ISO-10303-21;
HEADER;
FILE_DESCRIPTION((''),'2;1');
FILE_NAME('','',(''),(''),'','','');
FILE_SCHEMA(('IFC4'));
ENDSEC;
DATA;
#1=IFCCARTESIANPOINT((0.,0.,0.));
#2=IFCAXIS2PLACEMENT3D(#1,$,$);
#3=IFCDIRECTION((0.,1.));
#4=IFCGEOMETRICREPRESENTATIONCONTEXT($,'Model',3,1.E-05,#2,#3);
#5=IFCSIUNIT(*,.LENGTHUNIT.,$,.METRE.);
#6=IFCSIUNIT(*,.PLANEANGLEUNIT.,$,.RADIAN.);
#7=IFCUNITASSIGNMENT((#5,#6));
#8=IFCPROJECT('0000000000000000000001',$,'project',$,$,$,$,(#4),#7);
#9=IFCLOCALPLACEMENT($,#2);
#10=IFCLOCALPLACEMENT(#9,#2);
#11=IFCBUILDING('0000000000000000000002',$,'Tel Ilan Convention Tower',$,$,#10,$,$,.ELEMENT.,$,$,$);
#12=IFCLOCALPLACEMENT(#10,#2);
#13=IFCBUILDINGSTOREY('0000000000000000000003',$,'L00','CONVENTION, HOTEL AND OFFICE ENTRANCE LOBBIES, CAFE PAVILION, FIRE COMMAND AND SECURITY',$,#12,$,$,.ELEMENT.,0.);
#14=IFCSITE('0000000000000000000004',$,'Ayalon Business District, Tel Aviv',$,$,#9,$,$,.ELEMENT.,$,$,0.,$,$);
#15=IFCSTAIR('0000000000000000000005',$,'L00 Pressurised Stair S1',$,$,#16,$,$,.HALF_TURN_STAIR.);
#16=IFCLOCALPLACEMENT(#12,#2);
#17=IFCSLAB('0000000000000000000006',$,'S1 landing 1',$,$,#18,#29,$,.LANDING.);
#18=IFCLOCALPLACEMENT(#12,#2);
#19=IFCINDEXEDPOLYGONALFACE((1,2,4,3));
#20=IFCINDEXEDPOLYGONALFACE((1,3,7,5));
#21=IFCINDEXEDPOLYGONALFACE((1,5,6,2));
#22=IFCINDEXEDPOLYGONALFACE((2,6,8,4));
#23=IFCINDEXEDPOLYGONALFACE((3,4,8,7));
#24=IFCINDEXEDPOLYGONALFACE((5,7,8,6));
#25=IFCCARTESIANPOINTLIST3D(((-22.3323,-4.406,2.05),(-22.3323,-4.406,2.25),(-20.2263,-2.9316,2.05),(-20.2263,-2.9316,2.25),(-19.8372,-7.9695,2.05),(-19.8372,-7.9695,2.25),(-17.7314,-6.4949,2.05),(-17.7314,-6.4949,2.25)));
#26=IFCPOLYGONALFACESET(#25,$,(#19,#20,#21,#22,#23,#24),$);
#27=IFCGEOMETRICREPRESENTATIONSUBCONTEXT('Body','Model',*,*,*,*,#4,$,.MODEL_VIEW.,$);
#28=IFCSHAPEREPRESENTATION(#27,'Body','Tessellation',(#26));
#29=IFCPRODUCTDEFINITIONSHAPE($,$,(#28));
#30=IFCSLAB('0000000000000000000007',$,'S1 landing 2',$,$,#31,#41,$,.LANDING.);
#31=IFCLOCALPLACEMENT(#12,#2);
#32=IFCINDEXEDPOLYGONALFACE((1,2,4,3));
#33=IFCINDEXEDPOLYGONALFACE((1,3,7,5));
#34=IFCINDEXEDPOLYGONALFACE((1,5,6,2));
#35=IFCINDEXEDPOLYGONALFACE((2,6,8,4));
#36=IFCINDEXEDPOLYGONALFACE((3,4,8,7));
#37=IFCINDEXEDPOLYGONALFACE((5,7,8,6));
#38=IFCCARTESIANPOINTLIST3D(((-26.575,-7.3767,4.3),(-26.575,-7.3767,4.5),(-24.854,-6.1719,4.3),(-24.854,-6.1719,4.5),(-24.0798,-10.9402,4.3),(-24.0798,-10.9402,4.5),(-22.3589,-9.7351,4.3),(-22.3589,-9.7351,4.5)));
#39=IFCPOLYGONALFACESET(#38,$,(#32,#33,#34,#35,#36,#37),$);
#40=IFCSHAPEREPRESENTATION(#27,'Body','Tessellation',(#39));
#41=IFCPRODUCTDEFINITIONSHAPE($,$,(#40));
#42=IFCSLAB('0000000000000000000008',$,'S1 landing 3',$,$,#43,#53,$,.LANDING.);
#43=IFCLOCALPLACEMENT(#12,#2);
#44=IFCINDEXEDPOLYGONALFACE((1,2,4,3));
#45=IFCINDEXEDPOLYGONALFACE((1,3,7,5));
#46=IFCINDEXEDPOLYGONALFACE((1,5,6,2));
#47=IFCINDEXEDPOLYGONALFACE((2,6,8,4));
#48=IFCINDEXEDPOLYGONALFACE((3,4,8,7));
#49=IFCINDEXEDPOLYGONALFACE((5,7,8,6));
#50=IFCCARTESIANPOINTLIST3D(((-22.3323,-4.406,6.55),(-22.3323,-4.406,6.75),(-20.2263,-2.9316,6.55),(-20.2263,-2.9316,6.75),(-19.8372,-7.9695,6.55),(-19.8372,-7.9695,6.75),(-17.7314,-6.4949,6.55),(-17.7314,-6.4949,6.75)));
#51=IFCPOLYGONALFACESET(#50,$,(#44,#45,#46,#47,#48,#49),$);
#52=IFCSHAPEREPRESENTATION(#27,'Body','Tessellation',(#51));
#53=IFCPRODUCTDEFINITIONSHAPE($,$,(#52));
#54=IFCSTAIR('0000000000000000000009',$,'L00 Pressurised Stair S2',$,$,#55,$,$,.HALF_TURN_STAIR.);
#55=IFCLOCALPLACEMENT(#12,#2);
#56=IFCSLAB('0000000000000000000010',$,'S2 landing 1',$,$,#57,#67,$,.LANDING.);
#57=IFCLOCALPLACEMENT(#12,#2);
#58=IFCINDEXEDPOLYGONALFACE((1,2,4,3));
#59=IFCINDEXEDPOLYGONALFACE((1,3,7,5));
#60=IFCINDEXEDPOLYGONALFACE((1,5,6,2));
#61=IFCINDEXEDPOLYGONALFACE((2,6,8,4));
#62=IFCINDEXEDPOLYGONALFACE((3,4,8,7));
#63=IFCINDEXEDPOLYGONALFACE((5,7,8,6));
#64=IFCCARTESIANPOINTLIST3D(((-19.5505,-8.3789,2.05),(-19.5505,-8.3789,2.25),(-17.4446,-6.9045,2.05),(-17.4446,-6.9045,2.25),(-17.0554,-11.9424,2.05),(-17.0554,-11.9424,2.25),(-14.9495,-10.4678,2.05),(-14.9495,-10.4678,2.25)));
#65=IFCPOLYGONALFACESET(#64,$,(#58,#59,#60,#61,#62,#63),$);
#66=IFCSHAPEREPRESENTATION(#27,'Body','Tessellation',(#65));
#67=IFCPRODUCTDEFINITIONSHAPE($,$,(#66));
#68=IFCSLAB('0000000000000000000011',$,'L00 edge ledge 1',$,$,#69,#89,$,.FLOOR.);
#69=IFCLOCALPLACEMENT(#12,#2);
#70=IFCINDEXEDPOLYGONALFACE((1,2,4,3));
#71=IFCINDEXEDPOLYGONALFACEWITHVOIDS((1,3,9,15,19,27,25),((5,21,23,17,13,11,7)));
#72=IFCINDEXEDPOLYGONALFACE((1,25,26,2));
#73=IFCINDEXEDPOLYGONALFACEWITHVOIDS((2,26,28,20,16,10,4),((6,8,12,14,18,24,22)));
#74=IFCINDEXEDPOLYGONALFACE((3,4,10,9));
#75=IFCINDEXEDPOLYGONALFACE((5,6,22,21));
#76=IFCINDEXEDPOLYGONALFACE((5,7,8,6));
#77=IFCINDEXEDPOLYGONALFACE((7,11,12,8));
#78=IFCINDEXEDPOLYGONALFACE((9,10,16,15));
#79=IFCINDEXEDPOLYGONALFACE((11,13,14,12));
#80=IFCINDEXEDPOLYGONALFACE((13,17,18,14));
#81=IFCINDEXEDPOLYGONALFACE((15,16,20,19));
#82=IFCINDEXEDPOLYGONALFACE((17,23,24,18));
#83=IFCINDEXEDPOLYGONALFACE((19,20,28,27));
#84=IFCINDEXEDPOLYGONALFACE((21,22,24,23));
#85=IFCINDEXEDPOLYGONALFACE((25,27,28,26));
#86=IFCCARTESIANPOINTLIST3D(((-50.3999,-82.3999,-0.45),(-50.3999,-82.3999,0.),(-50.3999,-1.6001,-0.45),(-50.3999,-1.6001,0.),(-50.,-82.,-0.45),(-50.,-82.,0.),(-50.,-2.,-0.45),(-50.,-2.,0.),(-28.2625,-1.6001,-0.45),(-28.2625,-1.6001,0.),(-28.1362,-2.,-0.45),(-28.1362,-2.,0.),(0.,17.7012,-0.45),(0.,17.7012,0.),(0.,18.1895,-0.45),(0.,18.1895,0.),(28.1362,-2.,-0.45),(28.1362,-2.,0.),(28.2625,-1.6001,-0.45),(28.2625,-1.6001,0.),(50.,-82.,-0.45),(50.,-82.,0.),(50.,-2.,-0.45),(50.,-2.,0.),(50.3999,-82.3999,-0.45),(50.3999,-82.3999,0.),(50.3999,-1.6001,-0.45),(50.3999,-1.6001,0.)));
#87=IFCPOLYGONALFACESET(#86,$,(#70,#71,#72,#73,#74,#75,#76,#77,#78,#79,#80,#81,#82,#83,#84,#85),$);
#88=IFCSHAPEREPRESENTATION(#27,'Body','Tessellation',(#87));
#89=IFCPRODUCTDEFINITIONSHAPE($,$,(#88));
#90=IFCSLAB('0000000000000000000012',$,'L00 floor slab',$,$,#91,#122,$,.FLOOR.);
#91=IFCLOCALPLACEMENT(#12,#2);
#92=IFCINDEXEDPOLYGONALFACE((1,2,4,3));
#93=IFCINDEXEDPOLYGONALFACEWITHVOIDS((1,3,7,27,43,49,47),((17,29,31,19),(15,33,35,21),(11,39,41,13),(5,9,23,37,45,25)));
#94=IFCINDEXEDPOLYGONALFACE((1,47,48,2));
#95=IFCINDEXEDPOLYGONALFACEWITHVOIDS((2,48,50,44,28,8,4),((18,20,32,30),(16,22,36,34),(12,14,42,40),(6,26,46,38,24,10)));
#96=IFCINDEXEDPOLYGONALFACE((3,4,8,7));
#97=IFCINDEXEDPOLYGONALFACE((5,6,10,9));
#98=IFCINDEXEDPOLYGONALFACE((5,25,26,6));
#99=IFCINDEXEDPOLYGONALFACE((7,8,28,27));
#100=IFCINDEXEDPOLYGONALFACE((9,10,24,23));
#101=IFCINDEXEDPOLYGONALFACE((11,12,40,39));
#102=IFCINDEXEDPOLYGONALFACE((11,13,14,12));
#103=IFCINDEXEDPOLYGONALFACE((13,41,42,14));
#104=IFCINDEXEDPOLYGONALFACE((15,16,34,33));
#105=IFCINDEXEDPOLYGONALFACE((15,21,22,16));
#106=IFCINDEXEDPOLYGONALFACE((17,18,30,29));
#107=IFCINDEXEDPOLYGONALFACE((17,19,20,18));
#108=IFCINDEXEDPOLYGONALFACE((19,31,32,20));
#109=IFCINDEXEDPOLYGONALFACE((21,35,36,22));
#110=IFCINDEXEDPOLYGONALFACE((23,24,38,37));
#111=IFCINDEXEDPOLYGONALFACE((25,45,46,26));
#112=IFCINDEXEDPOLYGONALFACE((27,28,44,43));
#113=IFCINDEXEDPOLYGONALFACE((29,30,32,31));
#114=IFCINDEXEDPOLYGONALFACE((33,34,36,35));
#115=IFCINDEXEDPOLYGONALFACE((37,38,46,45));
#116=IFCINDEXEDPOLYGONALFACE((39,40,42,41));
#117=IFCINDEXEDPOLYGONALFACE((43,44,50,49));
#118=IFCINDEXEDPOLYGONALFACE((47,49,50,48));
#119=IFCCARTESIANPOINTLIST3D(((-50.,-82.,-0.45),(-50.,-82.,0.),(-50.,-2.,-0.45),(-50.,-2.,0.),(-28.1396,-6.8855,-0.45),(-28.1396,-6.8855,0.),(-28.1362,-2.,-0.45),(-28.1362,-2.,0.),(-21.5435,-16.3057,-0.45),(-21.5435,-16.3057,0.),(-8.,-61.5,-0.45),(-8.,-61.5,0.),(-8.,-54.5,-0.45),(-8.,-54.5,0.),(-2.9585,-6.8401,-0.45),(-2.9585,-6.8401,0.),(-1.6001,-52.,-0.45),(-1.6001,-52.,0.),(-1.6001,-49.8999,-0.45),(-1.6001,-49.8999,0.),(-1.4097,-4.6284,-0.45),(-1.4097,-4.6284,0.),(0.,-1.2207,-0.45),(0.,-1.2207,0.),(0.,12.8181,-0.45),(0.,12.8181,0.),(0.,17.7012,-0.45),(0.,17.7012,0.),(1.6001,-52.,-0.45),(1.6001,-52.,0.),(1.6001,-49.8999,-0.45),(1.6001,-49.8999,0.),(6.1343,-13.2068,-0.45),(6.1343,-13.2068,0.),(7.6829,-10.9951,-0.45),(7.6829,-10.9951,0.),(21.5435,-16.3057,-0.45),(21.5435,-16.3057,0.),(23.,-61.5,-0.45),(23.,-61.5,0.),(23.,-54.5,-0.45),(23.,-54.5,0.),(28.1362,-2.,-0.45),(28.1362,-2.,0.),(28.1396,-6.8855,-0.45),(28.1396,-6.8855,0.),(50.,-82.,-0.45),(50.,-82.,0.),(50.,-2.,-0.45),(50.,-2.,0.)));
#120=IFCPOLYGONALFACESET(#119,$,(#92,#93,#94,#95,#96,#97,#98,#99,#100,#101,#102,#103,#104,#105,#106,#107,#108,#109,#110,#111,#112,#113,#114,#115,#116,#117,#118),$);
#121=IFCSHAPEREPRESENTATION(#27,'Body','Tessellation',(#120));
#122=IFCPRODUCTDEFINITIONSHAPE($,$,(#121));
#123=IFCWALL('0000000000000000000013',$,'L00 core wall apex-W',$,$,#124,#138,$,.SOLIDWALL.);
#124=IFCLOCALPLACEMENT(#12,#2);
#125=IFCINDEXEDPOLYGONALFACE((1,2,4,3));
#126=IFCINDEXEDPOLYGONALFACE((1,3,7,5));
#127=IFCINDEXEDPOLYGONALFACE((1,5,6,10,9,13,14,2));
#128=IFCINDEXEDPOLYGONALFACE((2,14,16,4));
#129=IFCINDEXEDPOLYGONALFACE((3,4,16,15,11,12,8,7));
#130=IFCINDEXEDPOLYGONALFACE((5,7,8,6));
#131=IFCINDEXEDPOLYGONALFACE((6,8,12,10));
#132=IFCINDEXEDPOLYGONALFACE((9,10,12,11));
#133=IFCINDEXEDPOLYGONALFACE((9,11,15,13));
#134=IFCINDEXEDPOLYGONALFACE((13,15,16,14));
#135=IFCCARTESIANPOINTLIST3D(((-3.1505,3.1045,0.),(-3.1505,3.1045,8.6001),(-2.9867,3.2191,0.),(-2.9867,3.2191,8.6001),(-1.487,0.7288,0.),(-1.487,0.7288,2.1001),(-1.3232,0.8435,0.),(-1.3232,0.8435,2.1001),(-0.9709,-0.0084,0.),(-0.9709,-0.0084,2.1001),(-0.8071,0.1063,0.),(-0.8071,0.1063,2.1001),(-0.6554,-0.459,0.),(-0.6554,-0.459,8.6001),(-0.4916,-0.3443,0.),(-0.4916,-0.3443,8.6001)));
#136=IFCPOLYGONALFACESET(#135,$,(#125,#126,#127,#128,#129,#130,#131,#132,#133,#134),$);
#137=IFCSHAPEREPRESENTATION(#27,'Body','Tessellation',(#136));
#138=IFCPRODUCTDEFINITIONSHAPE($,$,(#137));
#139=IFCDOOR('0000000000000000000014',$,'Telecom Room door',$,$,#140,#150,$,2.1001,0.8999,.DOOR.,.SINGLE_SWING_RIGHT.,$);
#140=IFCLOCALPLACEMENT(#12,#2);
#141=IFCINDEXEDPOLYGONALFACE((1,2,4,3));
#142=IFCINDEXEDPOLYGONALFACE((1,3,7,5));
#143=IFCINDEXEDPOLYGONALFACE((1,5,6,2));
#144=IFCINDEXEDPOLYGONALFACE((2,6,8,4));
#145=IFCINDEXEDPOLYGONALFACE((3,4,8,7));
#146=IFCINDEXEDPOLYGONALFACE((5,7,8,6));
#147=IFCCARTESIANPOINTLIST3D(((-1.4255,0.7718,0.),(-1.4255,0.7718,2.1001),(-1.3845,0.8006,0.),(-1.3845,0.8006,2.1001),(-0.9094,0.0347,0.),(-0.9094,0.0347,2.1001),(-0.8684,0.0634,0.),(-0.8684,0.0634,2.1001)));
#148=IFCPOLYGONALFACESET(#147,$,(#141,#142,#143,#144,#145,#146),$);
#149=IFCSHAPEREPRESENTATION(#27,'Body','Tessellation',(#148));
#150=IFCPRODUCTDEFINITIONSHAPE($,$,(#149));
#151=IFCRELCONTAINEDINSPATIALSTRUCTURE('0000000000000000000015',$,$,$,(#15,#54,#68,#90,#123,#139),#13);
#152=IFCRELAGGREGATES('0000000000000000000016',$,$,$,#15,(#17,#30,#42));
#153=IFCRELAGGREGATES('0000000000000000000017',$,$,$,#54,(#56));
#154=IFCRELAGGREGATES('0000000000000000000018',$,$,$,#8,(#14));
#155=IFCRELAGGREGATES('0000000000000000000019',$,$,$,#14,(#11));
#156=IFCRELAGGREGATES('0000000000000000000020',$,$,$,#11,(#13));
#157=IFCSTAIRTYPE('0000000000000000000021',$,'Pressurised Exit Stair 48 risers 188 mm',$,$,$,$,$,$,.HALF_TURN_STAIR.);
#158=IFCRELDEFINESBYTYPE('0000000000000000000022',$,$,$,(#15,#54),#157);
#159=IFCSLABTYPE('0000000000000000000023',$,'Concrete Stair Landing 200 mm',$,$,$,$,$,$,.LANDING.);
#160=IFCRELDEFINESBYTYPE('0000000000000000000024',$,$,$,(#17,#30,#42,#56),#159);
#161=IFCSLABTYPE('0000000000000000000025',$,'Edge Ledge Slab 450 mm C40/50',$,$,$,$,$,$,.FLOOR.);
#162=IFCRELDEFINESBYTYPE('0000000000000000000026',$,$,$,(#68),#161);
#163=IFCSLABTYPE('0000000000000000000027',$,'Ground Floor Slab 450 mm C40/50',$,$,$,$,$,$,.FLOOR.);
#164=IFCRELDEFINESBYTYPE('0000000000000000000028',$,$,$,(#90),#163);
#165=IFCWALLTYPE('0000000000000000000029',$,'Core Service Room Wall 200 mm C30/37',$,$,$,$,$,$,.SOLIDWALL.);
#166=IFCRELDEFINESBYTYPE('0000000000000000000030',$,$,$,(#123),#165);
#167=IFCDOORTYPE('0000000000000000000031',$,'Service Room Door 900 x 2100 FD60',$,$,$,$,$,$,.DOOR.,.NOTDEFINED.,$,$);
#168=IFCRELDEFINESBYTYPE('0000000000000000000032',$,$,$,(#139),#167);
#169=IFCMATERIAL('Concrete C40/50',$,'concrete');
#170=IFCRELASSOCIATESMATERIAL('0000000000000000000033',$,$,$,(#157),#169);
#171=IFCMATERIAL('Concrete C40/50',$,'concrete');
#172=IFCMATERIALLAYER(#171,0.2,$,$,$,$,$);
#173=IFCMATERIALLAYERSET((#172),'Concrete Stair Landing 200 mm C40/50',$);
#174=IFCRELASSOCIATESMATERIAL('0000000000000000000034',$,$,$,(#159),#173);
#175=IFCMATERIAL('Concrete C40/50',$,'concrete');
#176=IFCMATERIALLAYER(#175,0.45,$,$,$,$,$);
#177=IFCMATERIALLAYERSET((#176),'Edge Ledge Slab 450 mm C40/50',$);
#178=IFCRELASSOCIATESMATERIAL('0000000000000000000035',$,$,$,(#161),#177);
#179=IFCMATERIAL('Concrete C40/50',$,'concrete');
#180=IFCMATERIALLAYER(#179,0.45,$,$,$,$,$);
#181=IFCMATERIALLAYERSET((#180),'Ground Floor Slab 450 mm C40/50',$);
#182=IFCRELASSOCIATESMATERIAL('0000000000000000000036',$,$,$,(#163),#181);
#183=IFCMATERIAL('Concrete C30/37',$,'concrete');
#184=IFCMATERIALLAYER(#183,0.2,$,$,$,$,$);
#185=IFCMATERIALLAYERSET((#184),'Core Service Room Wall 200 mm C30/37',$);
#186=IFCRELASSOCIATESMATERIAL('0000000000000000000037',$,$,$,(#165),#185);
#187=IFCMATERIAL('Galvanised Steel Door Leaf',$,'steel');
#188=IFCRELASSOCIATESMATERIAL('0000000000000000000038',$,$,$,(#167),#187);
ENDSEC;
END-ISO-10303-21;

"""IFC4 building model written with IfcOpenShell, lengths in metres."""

from ifc_helpers import new_model, si_unit, direction, frame, frame_2d, origin, place, context, subcontext, project, spatial, polyline, rectangle, outline, extrude, material, layer, layer_set, type_object, element, fill, aggregate, save


model = new_model("IFC4")

# Units and contexts
model_context = context("Model", 3, precision=1e-05, world=origin(), true_north=direction((0.0, 1.0)))
body_context = subcontext(model_context, "Body", "Model", "MODEL_VIEW")
ifc_project = project(units=[si_unit("LENGTHUNIT", "METRE"), si_unit("PLANEANGLEUNIT", "RADIAN")], contexts=[model_context])

# Site, building, storey
site_placement = place(None, origin())
site = spatial("IfcSite", under=ifc_project, at=site_placement, Name="Ayalon Business District, Tel Aviv", CompositionType="ELEMENT", RefElevation=0.0)
building_placement = place(site_placement, origin())
building = spatial("IfcBuilding", under=site, at=building_placement, Name="Tel Ilan Convention Tower", CompositionType="ELEMENT")
storey_placement = place(building_placement, origin())
storey = spatial("IfcBuildingStorey", under=building, at=storey_placement, Name="L00", Description="CONVENTION, HOTEL AND OFFICE ENTRANCE LOBBIES, CAFE PAVILION, FIRE COMMAND AND SECURITY", CompositionType="ELEMENT", Elevation=0.0)

# Stair, slabs
ifc_material_1 = material(Name="Concrete C40/50", Category="concrete")
stair_type = type_object("IfcStairType", Name="Pressurised Exit Stair 48 risers 188 mm", PredefinedType="HALF_TURN_STAIR", material=ifc_material_1)
stair_1_placement = place(storey_placement, origin())
stair_1 = element("IfcStair", 1, at=stair_1_placement, inside=storey, type_object=stair_type, Name="L00 Pressurised Stair S1", PredefinedType="HALF_TURN_STAIR")
ifc_material_2 = material(Name="Concrete C40/50", Category="concrete")
ifc_layer_1 = layer(ifc_material_2, 0.2)
ifc_layer_set_1 = layer_set([ifc_layer_1], Name="Concrete Stair Landing 200 mm C40/50")
slab_type_1 = type_object("IfcSlabType", Name="Concrete Stair Landing 200 mm", PredefinedType="LANDING", material=ifc_layer_set_1)
slab_1_placement = place(storey_placement, frame((0.0, 0.0, 2.05)))
slab_1 = element("IfcSlab", 2, at=slab_1_placement, type_object=slab_type_1, Name="S1 landing 1", PredefinedType="LANDING", context=body_context, shape_type="SweptSolid", body=[
    extrude(outline(polyline([(-19.8372, -7.9695), (-17.7314, -6.4949), (-20.2263, -2.9316), (-22.3323, -4.406), (-19.8372, -7.9695)])), origin(), (0.0, 0.0, 1.0), 0.2),
])
slab_2_placement = place(storey_placement, frame((0.0, 0.0, 4.3)))
slab_2 = element("IfcSlab", 3, at=slab_2_placement, type_object=slab_type_1, Name="S1 landing 2", PredefinedType="LANDING", context=body_context, shape_type="SweptSolid", body=[
    extrude(outline(polyline([(-24.0798, -10.9402), (-22.3589, -9.7351), (-24.854, -6.1719), (-26.575, -7.3767), (-24.0798, -10.9402)])), origin(), (0.0, 0.0, 1.0), 0.2),
])
slab_3_placement = place(storey_placement, frame((0.0, 0.0, 6.55)))
slab_3 = element("IfcSlab", 4, at=slab_3_placement, type_object=slab_type_1, Name="S1 landing 3", PredefinedType="LANDING", context=body_context, shape_type="SweptSolid", body=[
    extrude(outline(polyline([(-19.8372, -7.9695), (-17.7314, -6.4949), (-20.2263, -2.9316), (-22.3323, -4.406), (-19.8372, -7.9695)])), origin(), (0.0, 0.0, 1.0), 0.2),
])
aggregate(stair_1, [slab_1, slab_2, slab_3])

# Stair, slab
stair_2_placement = place(storey_placement, origin())
stair_2 = element("IfcStair", 5, at=stair_2_placement, inside=storey, type_object=stair_type, Name="L00 Pressurised Stair S2", PredefinedType="HALF_TURN_STAIR")
slab_4_placement = place(storey_placement, frame((0.0, 0.0, 2.05)))
slab_4 = element("IfcSlab", 6, at=slab_4_placement, type_object=slab_type_1, Name="S2 landing 1", PredefinedType="LANDING", context=body_context, shape_type="SweptSolid", body=[
    extrude(outline(polyline([(-17.0554, -11.9424), (-14.9495, -10.4678), (-17.4446, -6.9045), (-19.5505, -8.3789), (-17.0554, -11.9424)])), origin(), (0.0, 0.0, 1.0), 0.2),
])
aggregate(stair_2, [slab_4])

# Slabs
ifc_material_3 = material(Name="Concrete C40/50", Category="concrete")
ifc_layer_2 = layer(ifc_material_3, 0.45)
ifc_layer_set_2 = layer_set([ifc_layer_2], Name="Edge Ledge Slab 450 mm C40/50")
slab_type_2 = type_object("IfcSlabType", Name="Edge Ledge Slab 450 mm C40/50", PredefinedType="FLOOR", material=ifc_layer_set_2)
slab_5_placement = place(storey_placement, frame((0.0, 0.0, -0.45)))
element("IfcSlab", 7, at=slab_5_placement, inside=storey, type_object=slab_type_2, Name="L00 edge ledge 1", PredefinedType="FLOOR", context=body_context, shape_type="SweptSolid", body=[
    extrude(outline(polyline([(-28.2625, -1.6001), (0.0, 18.1895), (28.2625, -1.6001), (50.3999, -1.6001), (50.3999, -82.3999), (-50.3999, -82.3999), (-50.3999, -1.6001), (-28.2625, -1.6001)]), holes=[polyline([(50.0, -2.0), (28.1362, -2.0), (0.0, 17.7012), (-28.1362, -2.0), (-50.0, -2.0), (-50.0, -82.0), (50.0, -82.0), (50.0, -2.0)])]), origin(), (0.0, 0.0, 1.0), 0.45),
])
ifc_material_4 = material(Name="Concrete C40/50", Category="concrete")
ifc_layer_3 = layer(ifc_material_4, 0.45)
ifc_layer_set_3 = layer_set([ifc_layer_3], Name="Ground Floor Slab 450 mm C40/50")
slab_type_3 = type_object("IfcSlabType", Name="Ground Floor Slab 450 mm C40/50", PredefinedType="FLOOR", material=ifc_layer_set_3)
slab_6_placement = place(storey_placement, frame((0.0, 0.0, -0.45)))
element("IfcSlab", 8, at=slab_6_placement, inside=storey, type_object=slab_type_3, Name="L00 floor slab", PredefinedType="FLOOR", context=body_context, shape_type="SweptSolid", body=[
    extrude(outline(polyline([(-50.0, -2.0), (-28.1362, -2.0), (0.0, 17.7012), (28.1362, -2.0), (50.0, -2.0), (50.0, -82.0), (-50.0, -82.0), (-50.0, -2.0)]), holes=[polyline([(28.1396, -6.8855), (0.0, 12.8181), (-28.1396, -6.8855), (-21.5435, -16.3057), (0.0, -1.2207), (21.5435, -16.3057), (28.1396, -6.8855)]), polyline([(23.0, -61.5), (23.0, -54.5), (-8.0, -54.5), (-8.0, -61.5), (23.0, -61.5)]), polyline([(-1.4097, -4.6284), (-2.9585, -6.8401), (6.1343, -13.2068), (7.6829, -10.9951), (-1.4097, -4.6284)]), polyline([(-1.6001, -52.0), (1.6001, -52.0), (1.6001, -49.8999), (-1.6001, -49.8999), (-1.6001, -52.0)])]), origin(), (0.0, 0.0, 1.0), 0.45),
])

# Wall, opening, door
ifc_material_5 = material(Name="Concrete C30/37", Category="concrete")
ifc_layer_4 = layer(ifc_material_5, 0.2)
ifc_layer_set_4 = layer_set([ifc_layer_4], Name="Core Service Room Wall 200 mm C30/37")
wall_type_1 = type_object("IfcWallType", Name="Core Service Room Wall 200 mm C30/37", PredefinedType="SOLIDWALL", material=ifc_layer_set_4)
wall_1_placement = place(storey_placement, frame((-0.5735, -0.4016, 0.0), z_axis=(0.0, 0.0, 1.0), x_axis=(-0.573568, 0.819158, 0.0)))
wall_1 = element("IfcWall", 9, at=wall_1_placement, inside=storey, type_object=wall_type_1, Name="L00 core wall apex-W", PredefinedType="SOLIDWALL", context=body_context, shape_type="SweptSolid", body=[
    extrude(rectangle(XDim=4.3501, YDim=0.2, at=frame_2d((2.175, 0.0))), origin(), (0.0, 0.0, 1.0), 8.6001),
])
opening_1_placement = place(wall_1_placement, frame((0.55, 0.0, 0.0)))
opening_1 = element("IfcOpeningElement", 10, at=opening_1_placement, cuts=wall_1, PredefinedType="OPENING", context=body_context, shape_type="SweptSolid", body=[
    extrude(rectangle(XDim=0.8999, YDim=2.1001, at=frame_2d((0.45, 1.05))), frame((0.0, 0.1099, 0.0), z_axis=(0.0, -1.0, 0.0), x_axis=(1.0, 0.0, 0.0)), (0.0, 0.0, 1.0), 0.22),
])
ifc_material_6 = material(Name="Galvanised Steel Door Leaf", Category="steel")
door_type_1 = type_object("IfcDoorType", Name="Service Room Door 900 x 2100 FD60", OperationType="NOTDEFINED", PredefinedType="DOOR", material=ifc_material_6)
door_1_placement = place(opening_1_placement, origin())
door_1 = element("IfcDoor", 11, at=door_1_placement, inside=storey, type_object=door_type_1, Name="Telecom Room door", OperationType="SINGLE_SWING_RIGHT", OverallHeight=2.1001, OverallWidth=0.8999, PredefinedType="DOOR", context=body_context, shape_type="SweptSolid", body=[
    extrude(rectangle(XDim=0.8999, YDim=2.1001, at=frame_2d((0.45, 1.05))), frame((0.0, 0.0249, 0.0), z_axis=(0.0, -1.0, 0.0), x_axis=(1.0, 0.0, 0.0)), (0.0, 0.0, 1.0), 0.05),
])
fill(opening_1, door_1)

save(model, "model.ifc")
